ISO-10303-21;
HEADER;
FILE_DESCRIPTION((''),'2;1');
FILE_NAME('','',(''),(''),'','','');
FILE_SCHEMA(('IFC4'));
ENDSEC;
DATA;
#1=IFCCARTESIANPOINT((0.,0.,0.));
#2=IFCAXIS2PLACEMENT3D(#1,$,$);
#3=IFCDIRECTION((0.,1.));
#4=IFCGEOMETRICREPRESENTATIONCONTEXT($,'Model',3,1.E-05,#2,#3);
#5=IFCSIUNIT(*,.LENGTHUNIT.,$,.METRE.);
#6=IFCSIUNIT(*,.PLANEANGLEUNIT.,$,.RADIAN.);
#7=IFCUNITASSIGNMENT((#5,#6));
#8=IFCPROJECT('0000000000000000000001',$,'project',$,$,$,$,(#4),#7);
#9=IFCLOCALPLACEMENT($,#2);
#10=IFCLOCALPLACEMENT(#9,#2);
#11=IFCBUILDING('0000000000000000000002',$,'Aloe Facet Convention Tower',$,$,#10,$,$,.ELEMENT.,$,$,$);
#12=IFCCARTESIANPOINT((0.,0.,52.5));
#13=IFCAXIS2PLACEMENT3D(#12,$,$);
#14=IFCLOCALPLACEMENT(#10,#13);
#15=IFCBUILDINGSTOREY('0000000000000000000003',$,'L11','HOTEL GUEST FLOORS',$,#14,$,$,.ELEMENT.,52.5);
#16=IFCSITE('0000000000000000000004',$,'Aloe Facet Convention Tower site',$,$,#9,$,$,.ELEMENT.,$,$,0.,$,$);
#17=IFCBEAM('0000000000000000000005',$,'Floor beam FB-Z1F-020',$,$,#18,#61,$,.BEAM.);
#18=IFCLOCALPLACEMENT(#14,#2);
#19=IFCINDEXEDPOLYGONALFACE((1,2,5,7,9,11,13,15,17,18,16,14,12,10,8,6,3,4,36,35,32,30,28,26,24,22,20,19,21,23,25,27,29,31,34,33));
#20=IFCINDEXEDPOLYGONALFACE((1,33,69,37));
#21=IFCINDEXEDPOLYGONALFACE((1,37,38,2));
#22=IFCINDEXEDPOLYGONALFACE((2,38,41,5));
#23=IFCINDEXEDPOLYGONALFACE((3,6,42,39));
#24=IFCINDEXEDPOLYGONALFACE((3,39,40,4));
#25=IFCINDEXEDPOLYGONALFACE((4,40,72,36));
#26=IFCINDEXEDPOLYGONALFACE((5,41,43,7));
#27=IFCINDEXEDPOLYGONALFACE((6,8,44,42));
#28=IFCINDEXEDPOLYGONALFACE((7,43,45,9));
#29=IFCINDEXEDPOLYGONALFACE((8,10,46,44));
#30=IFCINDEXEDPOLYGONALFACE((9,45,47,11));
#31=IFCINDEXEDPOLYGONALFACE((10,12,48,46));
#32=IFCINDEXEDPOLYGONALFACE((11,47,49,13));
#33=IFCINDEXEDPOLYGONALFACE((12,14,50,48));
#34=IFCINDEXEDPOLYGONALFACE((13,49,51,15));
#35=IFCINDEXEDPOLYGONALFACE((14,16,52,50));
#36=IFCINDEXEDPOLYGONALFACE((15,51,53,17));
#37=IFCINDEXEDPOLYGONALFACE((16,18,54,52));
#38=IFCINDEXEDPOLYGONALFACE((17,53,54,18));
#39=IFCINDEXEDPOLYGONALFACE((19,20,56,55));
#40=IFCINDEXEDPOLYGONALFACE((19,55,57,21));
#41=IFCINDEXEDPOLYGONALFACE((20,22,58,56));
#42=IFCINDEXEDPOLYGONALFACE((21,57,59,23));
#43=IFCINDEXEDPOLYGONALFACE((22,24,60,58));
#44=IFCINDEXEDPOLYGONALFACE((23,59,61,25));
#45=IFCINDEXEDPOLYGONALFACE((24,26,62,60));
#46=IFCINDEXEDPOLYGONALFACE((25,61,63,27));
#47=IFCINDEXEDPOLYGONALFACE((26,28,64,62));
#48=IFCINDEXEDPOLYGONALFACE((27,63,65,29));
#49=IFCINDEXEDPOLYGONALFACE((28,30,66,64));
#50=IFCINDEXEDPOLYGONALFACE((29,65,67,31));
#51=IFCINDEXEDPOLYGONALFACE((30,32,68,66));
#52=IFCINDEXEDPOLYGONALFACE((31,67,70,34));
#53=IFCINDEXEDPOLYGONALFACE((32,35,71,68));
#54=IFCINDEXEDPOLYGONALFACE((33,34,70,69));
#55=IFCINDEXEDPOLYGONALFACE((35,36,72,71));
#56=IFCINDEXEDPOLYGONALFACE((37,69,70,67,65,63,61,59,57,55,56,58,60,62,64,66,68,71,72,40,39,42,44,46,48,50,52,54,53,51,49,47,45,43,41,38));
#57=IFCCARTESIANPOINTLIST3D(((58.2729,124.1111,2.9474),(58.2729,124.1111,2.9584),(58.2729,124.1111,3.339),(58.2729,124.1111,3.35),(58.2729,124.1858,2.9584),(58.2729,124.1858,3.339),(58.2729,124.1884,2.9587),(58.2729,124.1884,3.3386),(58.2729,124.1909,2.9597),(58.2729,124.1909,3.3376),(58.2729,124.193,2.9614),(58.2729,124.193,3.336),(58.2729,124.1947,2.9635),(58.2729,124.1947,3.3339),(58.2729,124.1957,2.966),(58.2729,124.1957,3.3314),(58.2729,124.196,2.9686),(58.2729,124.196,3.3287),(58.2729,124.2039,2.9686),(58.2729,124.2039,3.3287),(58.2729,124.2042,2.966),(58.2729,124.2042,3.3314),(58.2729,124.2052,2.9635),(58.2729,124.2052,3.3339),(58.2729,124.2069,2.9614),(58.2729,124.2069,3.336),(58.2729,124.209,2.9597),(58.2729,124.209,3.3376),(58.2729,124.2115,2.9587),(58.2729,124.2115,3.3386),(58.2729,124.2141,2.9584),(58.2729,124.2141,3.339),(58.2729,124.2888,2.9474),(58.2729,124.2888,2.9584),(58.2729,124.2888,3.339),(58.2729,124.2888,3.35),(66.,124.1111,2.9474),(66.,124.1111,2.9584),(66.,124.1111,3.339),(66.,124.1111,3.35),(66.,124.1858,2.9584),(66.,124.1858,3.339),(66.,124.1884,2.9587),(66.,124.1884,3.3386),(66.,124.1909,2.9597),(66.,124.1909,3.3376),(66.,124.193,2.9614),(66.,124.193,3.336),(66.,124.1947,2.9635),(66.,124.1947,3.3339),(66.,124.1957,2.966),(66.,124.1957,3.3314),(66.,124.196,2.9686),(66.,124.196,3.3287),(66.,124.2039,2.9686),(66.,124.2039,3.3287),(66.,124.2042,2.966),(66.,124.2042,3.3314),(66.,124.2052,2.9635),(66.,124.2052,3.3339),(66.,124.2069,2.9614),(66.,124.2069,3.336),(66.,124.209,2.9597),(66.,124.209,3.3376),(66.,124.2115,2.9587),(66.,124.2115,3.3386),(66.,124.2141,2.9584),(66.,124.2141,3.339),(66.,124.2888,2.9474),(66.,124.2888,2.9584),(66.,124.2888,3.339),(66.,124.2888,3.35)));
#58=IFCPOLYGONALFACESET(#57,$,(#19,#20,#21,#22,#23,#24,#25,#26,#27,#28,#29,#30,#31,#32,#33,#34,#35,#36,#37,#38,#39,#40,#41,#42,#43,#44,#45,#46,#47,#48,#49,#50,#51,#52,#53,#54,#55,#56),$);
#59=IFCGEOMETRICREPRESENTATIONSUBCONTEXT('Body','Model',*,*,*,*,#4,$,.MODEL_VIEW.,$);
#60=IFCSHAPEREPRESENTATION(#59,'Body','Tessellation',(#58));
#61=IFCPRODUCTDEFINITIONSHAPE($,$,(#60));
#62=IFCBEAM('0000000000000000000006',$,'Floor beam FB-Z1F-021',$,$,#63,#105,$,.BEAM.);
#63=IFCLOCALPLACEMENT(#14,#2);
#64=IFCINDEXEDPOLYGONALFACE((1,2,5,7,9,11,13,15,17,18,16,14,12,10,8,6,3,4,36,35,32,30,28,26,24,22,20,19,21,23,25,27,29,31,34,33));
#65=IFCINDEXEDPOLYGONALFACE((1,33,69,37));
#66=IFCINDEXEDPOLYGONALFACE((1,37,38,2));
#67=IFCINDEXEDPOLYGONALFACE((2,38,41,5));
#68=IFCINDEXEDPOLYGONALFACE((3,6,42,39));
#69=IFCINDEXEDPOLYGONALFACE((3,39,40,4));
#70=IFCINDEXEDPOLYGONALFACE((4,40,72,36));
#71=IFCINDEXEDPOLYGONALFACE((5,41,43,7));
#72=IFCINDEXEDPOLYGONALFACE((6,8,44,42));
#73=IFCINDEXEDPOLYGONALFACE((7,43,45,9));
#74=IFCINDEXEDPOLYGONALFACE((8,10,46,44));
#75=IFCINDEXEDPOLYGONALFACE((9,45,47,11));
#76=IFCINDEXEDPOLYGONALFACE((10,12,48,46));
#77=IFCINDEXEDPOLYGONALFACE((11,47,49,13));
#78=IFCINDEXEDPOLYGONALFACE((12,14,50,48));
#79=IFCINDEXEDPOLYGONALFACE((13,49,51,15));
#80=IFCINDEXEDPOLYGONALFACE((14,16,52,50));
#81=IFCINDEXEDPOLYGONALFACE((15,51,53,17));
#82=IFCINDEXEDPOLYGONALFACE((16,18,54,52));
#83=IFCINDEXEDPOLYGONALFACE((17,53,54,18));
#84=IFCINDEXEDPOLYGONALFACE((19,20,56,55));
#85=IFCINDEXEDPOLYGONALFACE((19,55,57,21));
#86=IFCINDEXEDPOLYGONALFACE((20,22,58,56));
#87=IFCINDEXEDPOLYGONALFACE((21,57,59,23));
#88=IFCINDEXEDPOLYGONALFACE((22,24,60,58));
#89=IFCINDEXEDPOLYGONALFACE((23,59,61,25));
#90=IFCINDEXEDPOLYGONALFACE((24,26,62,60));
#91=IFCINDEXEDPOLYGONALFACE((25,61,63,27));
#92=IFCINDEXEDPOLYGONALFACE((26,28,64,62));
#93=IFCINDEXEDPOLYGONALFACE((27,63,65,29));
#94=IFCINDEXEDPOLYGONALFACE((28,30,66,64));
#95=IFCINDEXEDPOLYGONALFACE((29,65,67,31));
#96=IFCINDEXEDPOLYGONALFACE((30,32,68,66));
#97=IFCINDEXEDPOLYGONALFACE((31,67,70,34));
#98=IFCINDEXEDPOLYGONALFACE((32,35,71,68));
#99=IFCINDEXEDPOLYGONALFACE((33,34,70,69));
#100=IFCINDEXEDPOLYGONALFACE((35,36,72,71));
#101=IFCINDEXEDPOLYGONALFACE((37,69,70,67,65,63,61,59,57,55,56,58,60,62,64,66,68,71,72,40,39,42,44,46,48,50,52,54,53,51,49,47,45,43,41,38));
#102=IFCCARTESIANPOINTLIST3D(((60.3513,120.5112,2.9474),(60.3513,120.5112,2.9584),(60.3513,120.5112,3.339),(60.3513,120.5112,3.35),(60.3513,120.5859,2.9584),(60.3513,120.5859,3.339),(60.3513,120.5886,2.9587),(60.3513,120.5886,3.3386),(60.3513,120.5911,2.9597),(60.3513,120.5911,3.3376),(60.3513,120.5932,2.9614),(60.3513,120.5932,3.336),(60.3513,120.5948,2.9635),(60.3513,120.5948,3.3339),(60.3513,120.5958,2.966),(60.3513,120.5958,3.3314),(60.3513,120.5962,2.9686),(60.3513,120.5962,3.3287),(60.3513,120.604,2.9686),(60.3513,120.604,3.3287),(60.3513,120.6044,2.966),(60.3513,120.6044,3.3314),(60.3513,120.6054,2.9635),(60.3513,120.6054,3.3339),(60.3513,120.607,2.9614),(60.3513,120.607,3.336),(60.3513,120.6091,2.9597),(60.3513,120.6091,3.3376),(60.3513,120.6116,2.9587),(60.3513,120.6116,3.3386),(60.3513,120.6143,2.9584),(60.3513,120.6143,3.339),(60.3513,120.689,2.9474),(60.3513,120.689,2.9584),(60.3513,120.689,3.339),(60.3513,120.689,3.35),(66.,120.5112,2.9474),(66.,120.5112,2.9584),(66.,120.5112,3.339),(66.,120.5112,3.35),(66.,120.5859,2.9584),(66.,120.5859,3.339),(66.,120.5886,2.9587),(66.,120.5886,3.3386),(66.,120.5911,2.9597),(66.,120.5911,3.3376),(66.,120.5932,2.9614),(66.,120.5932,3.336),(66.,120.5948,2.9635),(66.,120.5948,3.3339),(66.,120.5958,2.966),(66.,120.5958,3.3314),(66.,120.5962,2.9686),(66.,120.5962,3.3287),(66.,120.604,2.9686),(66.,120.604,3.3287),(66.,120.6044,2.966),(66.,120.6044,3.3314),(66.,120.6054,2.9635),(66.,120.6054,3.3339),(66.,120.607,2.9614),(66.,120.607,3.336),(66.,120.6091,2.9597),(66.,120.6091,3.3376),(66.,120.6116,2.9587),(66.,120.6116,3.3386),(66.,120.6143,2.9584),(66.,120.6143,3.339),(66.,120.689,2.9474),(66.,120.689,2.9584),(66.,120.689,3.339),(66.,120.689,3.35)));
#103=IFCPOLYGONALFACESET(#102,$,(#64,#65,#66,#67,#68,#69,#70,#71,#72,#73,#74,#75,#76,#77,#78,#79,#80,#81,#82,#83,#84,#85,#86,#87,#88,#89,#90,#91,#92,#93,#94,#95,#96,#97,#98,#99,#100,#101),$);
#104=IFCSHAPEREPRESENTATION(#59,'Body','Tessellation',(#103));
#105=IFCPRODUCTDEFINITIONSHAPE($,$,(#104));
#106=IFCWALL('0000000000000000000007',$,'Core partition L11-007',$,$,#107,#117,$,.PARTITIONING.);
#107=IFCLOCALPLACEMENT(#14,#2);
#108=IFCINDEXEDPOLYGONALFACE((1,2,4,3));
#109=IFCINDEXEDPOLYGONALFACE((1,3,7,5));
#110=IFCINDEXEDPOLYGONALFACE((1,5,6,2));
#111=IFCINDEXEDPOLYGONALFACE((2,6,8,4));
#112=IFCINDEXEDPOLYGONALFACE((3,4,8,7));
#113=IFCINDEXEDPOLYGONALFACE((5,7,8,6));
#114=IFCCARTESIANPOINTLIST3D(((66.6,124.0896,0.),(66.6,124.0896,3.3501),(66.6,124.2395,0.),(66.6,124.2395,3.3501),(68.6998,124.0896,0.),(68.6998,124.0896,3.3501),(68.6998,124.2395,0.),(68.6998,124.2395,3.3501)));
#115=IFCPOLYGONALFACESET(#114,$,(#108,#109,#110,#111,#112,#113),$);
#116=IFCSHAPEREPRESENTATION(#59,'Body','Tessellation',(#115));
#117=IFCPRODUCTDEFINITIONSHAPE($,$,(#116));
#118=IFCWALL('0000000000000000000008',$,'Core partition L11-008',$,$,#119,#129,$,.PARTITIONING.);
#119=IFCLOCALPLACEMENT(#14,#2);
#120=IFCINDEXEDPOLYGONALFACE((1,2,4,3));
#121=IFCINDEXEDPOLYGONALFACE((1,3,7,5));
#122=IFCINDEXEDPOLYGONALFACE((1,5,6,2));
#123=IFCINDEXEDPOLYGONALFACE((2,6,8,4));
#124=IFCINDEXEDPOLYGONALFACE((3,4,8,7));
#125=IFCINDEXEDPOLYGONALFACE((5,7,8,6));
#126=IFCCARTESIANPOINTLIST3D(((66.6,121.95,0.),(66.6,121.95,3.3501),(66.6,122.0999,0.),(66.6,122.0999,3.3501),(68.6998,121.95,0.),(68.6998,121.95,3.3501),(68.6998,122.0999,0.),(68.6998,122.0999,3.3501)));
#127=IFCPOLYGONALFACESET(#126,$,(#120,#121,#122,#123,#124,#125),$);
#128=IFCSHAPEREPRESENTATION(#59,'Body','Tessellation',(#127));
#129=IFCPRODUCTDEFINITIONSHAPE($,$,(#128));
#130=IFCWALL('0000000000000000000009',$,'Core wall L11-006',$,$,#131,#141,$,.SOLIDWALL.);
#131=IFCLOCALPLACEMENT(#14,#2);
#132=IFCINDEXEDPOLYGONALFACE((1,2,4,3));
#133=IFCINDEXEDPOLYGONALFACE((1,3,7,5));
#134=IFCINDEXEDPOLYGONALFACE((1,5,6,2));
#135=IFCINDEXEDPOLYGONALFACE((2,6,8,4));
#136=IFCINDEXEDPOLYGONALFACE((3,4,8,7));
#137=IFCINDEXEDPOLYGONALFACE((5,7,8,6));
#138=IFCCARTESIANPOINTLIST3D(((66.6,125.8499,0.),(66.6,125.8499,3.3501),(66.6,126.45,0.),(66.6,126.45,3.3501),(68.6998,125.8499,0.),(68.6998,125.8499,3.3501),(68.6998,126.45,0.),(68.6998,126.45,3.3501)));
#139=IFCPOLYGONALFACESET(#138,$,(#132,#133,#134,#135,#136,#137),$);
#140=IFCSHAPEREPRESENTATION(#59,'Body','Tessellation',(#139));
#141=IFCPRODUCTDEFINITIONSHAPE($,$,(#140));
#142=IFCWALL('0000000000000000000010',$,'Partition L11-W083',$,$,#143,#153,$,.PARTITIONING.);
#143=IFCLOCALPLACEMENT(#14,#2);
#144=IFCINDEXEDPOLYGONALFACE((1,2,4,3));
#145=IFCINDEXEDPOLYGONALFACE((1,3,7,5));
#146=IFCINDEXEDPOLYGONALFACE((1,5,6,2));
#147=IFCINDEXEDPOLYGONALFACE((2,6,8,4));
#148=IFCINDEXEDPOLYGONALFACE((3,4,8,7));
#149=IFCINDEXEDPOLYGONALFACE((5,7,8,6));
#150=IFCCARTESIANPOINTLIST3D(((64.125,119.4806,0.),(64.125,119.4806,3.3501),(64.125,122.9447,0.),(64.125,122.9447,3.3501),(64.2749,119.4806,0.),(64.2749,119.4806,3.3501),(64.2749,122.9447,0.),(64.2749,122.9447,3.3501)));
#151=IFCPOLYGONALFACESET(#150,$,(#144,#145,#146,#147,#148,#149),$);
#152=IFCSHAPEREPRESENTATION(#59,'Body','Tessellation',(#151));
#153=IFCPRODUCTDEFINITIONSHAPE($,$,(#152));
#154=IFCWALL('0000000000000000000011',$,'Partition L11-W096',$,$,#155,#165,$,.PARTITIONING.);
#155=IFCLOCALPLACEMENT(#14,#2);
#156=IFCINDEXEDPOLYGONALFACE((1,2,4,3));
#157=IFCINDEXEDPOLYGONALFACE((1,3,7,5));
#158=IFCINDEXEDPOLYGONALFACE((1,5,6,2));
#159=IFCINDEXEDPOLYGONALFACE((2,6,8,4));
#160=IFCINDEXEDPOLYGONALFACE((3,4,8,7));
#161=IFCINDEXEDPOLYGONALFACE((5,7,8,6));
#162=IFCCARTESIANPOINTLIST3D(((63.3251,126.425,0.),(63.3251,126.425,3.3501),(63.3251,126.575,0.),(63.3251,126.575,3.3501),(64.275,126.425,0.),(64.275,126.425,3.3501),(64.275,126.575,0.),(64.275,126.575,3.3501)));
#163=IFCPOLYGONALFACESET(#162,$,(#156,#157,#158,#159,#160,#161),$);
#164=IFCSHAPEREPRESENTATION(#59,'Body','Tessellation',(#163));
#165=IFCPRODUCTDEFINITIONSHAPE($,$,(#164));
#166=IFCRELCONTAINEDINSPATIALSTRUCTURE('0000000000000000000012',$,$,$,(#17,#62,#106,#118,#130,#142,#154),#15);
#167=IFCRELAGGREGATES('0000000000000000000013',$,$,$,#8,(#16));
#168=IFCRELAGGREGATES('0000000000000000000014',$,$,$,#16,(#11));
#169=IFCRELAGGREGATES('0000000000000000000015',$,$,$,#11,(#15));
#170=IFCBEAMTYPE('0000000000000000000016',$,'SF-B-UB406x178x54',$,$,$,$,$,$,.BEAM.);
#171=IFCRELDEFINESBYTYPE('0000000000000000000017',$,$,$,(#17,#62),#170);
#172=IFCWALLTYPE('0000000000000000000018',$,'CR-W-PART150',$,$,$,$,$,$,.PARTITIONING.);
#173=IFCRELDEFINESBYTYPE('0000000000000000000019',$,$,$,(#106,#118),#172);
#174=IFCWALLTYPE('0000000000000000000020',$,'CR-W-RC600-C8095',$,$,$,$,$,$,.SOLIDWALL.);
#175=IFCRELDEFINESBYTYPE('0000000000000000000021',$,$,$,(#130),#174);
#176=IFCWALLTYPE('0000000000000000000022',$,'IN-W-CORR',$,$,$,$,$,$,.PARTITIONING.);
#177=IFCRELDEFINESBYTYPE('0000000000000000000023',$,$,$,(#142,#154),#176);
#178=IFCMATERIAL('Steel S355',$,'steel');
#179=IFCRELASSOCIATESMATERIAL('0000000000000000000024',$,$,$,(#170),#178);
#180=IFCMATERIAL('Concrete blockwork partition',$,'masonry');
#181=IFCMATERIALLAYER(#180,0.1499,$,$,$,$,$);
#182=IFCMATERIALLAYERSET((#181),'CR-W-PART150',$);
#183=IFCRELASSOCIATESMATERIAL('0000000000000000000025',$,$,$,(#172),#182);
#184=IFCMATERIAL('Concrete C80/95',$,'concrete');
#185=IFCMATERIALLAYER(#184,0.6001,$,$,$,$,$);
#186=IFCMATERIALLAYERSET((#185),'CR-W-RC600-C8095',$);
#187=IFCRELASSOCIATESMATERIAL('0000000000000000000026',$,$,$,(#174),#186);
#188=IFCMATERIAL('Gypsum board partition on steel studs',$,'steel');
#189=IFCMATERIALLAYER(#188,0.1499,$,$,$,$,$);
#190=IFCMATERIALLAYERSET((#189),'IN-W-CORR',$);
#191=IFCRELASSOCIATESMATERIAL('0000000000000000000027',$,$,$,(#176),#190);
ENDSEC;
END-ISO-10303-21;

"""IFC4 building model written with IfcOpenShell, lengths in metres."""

from ifc_helpers import new_model, si_unit, direction, frame, frame_2d, origin, origin_2d, place, context, subcontext, project, spatial, rectangle, i_section, extrude, material, layer, layer_set, material_profile, profile_set, type_object, element, save


model = new_model("IFC4")

# Units and contexts
model_context = context("Model", 3, precision=1e-05, world=origin(), true_north=direction((0.0, 1.0)))
body_context = subcontext(model_context, "Body", "Model", "MODEL_VIEW")
ifc_project = project(units=[si_unit("LENGTHUNIT", "METRE"), si_unit("PLANEANGLEUNIT", "RADIAN")], contexts=[model_context])

# Site, building, storey
site_placement = place(None, origin())
site = spatial("IfcSite", under=ifc_project, at=site_placement, Name="Aloe Facet Convention Tower site", CompositionType="ELEMENT", RefElevation=0.0)
building_placement = place(site_placement, origin())
building = spatial("IfcBuilding", under=site, at=building_placement, Name="Aloe Facet Convention Tower", CompositionType="ELEMENT")
storey_placement = place(building_placement, frame((0.0, 0.0, 52.5)))
storey = spatial("IfcBuildingStorey", under=building, at=storey_placement, Name="L11", Description="HOTEL GUEST FLOORS", CompositionType="ELEMENT", Elevation=52.5)

# Beams
ifc_material_1 = material(Name="Steel S355", Category="steel")
ifc_material_profile = material_profile(ifc_material_1, i_section(OverallWidth=0.1777, OverallDepth=0.4026, WebThickness=0.0078, FlangeThickness=0.011, FilletRadius=0.0103, at=origin_2d()), Name="UB 406x178x54")
ifc_profile_set = profile_set([ifc_material_profile], Name="Steel S355")
beam_type = type_object("IfcBeamType", Name="SF-B-UB406x178x54", PredefinedType="BEAM", material=ifc_profile_set)
beam_1_placement = place(storey_placement, frame((58.2729, 124.2, 3.1487), z_axis=(1.0, 0.0, 0.0), x_axis=(0.0, 1.0, 0.0)))
element("IfcBeam", 1, at=beam_1_placement, inside=storey, type_object=beam_type, Name="Floor beam FB-Z1F-020", PredefinedType="BEAM", context=body_context, shape_type="SweptSolid", body=[
    extrude(i_section(OverallWidth=0.1777, OverallDepth=0.4026, WebThickness=0.0078, FlangeThickness=0.011, FilletRadius=0.0103, at=origin_2d()), origin(), (0.0, 0.0, 1.0), 7.7271),
])
beam_2_placement = place(storey_placement, frame((60.3513, 120.6001, 3.1487), z_axis=(1.0, 0.0, 0.0), x_axis=(0.0, 1.0, 0.0)))
element("IfcBeam", 2, at=beam_2_placement, inside=storey, type_object=beam_type, Name="Floor beam FB-Z1F-021", PredefinedType="BEAM", context=body_context, shape_type="SweptSolid", body=[
    extrude(i_section(OverallWidth=0.1777, OverallDepth=0.4026, WebThickness=0.0078, FlangeThickness=0.011, FilletRadius=0.0103, at=origin_2d()), origin(), (0.0, 0.0, 1.0), 5.6487),
])

# Walls
ifc_material_2 = material(Name="Concrete blockwork partition", Category="masonry")
ifc_layer_1 = layer(ifc_material_2, 0.1499)
ifc_layer_set_1 = layer_set([ifc_layer_1], Name="CR-W-PART150")
wall_type_1 = type_object("IfcWallType", Name="CR-W-PART150", PredefinedType="PARTITIONING", material=ifc_layer_set_1)
for number, where, z_axis, x_axis, name in (
    (3, (66.6001, 124.1646, 0.0), (0.0, 0.0, 1.0), (1.0, 0.0, 0.0), "Core partition L11-007"),
    (4, (66.6001, 122.0249, 0.0), (0.0, 0.0, 1.0), (1.0, 0.0, 0.0), "Core partition L11-008"),
):
    element("IfcWall", number, at=place(storey_placement, frame(where, z_axis=z_axis, x_axis=x_axis)), inside=storey, type_object=wall_type_1, Name=name, PredefinedType="PARTITIONING", context=body_context, shape_type="SweptSolid", body=[
        extrude(rectangle(XDim=2.0999, YDim=0.1499, at=frame_2d((1.0498, 0.0))), origin(), (0.0, 0.0, 1.0), 3.3501),
    ])

# Shared definitions
ifc_material_3 = material(Name="Concrete C80/95", Category="concrete")
ifc_layer_2 = layer(ifc_material_3, 0.6001)
ifc_layer_set_2 = layer_set([ifc_layer_2], Name="CR-W-RC600-C8095")
wall_type_2 = type_object("IfcWallType", Name="CR-W-RC600-C8095", PredefinedType="SOLIDWALL", material=ifc_layer_set_2)

# Walls
wall_1_placement = place(storey_placement, frame((66.6001, 126.1499, 0.0), z_axis=(0.0, 0.0, 1.0), x_axis=(1.0, 0.0, 0.0)))
element("IfcWall", 5, at=wall_1_placement, inside=storey, type_object=wall_type_2, Name="Core wall L11-006", PredefinedType="SOLIDWALL", context=body_context, shape_type="SweptSolid", body=[
    extrude(rectangle(XDim=2.0999, YDim=0.6001, at=frame_2d((1.0498, 0.0))), origin(), (0.0, 0.0, 1.0), 3.3501),
])
ifc_material_4 = material(Name="Gypsum board partition on steel studs", Category="steel")
ifc_layer_3 = layer(ifc_material_4, 0.1499)
ifc_layer_set_3 = layer_set([ifc_layer_3], Name="IN-W-CORR")
wall_type_3 = type_object("IfcWallType", Name="IN-W-CORR", PredefinedType="PARTITIONING", material=ifc_layer_set_3)
wall_2_placement = place(storey_placement, frame((64.2, 119.4807, 0.0), z_axis=(0.0, 0.0, 1.0), x_axis=(0.0, 1.0, 0.0)))
element("IfcWall", 6, at=wall_2_placement, inside=storey, type_object=wall_type_3, Name="Partition L11-W083", PredefinedType="PARTITIONING", context=body_context, shape_type="SweptSolid", body=[
    extrude(rectangle(XDim=3.4641, YDim=0.1499, at=frame_2d((1.7319, 0.0))), origin(), (0.0, 0.0, 1.0), 3.3501),
])
wall_3_placement = place(storey_placement, frame((63.325, 126.5, 0.0), z_axis=(0.0, 0.0, 1.0), x_axis=(1.0, 0.0, 0.0)))
element("IfcWall", 7, at=wall_3_placement, inside=storey, type_object=wall_type_3, Name="Partition L11-W096", PredefinedType="PARTITIONING", context=body_context, shape_type="SweptSolid", body=[
    extrude(rectangle(XDim=0.95, YDim=0.1499, at=frame_2d((0.4751, 0.0))), origin(), (0.0, 0.0, 1.0), 3.3501),
])

save(model, "model.ifc")
